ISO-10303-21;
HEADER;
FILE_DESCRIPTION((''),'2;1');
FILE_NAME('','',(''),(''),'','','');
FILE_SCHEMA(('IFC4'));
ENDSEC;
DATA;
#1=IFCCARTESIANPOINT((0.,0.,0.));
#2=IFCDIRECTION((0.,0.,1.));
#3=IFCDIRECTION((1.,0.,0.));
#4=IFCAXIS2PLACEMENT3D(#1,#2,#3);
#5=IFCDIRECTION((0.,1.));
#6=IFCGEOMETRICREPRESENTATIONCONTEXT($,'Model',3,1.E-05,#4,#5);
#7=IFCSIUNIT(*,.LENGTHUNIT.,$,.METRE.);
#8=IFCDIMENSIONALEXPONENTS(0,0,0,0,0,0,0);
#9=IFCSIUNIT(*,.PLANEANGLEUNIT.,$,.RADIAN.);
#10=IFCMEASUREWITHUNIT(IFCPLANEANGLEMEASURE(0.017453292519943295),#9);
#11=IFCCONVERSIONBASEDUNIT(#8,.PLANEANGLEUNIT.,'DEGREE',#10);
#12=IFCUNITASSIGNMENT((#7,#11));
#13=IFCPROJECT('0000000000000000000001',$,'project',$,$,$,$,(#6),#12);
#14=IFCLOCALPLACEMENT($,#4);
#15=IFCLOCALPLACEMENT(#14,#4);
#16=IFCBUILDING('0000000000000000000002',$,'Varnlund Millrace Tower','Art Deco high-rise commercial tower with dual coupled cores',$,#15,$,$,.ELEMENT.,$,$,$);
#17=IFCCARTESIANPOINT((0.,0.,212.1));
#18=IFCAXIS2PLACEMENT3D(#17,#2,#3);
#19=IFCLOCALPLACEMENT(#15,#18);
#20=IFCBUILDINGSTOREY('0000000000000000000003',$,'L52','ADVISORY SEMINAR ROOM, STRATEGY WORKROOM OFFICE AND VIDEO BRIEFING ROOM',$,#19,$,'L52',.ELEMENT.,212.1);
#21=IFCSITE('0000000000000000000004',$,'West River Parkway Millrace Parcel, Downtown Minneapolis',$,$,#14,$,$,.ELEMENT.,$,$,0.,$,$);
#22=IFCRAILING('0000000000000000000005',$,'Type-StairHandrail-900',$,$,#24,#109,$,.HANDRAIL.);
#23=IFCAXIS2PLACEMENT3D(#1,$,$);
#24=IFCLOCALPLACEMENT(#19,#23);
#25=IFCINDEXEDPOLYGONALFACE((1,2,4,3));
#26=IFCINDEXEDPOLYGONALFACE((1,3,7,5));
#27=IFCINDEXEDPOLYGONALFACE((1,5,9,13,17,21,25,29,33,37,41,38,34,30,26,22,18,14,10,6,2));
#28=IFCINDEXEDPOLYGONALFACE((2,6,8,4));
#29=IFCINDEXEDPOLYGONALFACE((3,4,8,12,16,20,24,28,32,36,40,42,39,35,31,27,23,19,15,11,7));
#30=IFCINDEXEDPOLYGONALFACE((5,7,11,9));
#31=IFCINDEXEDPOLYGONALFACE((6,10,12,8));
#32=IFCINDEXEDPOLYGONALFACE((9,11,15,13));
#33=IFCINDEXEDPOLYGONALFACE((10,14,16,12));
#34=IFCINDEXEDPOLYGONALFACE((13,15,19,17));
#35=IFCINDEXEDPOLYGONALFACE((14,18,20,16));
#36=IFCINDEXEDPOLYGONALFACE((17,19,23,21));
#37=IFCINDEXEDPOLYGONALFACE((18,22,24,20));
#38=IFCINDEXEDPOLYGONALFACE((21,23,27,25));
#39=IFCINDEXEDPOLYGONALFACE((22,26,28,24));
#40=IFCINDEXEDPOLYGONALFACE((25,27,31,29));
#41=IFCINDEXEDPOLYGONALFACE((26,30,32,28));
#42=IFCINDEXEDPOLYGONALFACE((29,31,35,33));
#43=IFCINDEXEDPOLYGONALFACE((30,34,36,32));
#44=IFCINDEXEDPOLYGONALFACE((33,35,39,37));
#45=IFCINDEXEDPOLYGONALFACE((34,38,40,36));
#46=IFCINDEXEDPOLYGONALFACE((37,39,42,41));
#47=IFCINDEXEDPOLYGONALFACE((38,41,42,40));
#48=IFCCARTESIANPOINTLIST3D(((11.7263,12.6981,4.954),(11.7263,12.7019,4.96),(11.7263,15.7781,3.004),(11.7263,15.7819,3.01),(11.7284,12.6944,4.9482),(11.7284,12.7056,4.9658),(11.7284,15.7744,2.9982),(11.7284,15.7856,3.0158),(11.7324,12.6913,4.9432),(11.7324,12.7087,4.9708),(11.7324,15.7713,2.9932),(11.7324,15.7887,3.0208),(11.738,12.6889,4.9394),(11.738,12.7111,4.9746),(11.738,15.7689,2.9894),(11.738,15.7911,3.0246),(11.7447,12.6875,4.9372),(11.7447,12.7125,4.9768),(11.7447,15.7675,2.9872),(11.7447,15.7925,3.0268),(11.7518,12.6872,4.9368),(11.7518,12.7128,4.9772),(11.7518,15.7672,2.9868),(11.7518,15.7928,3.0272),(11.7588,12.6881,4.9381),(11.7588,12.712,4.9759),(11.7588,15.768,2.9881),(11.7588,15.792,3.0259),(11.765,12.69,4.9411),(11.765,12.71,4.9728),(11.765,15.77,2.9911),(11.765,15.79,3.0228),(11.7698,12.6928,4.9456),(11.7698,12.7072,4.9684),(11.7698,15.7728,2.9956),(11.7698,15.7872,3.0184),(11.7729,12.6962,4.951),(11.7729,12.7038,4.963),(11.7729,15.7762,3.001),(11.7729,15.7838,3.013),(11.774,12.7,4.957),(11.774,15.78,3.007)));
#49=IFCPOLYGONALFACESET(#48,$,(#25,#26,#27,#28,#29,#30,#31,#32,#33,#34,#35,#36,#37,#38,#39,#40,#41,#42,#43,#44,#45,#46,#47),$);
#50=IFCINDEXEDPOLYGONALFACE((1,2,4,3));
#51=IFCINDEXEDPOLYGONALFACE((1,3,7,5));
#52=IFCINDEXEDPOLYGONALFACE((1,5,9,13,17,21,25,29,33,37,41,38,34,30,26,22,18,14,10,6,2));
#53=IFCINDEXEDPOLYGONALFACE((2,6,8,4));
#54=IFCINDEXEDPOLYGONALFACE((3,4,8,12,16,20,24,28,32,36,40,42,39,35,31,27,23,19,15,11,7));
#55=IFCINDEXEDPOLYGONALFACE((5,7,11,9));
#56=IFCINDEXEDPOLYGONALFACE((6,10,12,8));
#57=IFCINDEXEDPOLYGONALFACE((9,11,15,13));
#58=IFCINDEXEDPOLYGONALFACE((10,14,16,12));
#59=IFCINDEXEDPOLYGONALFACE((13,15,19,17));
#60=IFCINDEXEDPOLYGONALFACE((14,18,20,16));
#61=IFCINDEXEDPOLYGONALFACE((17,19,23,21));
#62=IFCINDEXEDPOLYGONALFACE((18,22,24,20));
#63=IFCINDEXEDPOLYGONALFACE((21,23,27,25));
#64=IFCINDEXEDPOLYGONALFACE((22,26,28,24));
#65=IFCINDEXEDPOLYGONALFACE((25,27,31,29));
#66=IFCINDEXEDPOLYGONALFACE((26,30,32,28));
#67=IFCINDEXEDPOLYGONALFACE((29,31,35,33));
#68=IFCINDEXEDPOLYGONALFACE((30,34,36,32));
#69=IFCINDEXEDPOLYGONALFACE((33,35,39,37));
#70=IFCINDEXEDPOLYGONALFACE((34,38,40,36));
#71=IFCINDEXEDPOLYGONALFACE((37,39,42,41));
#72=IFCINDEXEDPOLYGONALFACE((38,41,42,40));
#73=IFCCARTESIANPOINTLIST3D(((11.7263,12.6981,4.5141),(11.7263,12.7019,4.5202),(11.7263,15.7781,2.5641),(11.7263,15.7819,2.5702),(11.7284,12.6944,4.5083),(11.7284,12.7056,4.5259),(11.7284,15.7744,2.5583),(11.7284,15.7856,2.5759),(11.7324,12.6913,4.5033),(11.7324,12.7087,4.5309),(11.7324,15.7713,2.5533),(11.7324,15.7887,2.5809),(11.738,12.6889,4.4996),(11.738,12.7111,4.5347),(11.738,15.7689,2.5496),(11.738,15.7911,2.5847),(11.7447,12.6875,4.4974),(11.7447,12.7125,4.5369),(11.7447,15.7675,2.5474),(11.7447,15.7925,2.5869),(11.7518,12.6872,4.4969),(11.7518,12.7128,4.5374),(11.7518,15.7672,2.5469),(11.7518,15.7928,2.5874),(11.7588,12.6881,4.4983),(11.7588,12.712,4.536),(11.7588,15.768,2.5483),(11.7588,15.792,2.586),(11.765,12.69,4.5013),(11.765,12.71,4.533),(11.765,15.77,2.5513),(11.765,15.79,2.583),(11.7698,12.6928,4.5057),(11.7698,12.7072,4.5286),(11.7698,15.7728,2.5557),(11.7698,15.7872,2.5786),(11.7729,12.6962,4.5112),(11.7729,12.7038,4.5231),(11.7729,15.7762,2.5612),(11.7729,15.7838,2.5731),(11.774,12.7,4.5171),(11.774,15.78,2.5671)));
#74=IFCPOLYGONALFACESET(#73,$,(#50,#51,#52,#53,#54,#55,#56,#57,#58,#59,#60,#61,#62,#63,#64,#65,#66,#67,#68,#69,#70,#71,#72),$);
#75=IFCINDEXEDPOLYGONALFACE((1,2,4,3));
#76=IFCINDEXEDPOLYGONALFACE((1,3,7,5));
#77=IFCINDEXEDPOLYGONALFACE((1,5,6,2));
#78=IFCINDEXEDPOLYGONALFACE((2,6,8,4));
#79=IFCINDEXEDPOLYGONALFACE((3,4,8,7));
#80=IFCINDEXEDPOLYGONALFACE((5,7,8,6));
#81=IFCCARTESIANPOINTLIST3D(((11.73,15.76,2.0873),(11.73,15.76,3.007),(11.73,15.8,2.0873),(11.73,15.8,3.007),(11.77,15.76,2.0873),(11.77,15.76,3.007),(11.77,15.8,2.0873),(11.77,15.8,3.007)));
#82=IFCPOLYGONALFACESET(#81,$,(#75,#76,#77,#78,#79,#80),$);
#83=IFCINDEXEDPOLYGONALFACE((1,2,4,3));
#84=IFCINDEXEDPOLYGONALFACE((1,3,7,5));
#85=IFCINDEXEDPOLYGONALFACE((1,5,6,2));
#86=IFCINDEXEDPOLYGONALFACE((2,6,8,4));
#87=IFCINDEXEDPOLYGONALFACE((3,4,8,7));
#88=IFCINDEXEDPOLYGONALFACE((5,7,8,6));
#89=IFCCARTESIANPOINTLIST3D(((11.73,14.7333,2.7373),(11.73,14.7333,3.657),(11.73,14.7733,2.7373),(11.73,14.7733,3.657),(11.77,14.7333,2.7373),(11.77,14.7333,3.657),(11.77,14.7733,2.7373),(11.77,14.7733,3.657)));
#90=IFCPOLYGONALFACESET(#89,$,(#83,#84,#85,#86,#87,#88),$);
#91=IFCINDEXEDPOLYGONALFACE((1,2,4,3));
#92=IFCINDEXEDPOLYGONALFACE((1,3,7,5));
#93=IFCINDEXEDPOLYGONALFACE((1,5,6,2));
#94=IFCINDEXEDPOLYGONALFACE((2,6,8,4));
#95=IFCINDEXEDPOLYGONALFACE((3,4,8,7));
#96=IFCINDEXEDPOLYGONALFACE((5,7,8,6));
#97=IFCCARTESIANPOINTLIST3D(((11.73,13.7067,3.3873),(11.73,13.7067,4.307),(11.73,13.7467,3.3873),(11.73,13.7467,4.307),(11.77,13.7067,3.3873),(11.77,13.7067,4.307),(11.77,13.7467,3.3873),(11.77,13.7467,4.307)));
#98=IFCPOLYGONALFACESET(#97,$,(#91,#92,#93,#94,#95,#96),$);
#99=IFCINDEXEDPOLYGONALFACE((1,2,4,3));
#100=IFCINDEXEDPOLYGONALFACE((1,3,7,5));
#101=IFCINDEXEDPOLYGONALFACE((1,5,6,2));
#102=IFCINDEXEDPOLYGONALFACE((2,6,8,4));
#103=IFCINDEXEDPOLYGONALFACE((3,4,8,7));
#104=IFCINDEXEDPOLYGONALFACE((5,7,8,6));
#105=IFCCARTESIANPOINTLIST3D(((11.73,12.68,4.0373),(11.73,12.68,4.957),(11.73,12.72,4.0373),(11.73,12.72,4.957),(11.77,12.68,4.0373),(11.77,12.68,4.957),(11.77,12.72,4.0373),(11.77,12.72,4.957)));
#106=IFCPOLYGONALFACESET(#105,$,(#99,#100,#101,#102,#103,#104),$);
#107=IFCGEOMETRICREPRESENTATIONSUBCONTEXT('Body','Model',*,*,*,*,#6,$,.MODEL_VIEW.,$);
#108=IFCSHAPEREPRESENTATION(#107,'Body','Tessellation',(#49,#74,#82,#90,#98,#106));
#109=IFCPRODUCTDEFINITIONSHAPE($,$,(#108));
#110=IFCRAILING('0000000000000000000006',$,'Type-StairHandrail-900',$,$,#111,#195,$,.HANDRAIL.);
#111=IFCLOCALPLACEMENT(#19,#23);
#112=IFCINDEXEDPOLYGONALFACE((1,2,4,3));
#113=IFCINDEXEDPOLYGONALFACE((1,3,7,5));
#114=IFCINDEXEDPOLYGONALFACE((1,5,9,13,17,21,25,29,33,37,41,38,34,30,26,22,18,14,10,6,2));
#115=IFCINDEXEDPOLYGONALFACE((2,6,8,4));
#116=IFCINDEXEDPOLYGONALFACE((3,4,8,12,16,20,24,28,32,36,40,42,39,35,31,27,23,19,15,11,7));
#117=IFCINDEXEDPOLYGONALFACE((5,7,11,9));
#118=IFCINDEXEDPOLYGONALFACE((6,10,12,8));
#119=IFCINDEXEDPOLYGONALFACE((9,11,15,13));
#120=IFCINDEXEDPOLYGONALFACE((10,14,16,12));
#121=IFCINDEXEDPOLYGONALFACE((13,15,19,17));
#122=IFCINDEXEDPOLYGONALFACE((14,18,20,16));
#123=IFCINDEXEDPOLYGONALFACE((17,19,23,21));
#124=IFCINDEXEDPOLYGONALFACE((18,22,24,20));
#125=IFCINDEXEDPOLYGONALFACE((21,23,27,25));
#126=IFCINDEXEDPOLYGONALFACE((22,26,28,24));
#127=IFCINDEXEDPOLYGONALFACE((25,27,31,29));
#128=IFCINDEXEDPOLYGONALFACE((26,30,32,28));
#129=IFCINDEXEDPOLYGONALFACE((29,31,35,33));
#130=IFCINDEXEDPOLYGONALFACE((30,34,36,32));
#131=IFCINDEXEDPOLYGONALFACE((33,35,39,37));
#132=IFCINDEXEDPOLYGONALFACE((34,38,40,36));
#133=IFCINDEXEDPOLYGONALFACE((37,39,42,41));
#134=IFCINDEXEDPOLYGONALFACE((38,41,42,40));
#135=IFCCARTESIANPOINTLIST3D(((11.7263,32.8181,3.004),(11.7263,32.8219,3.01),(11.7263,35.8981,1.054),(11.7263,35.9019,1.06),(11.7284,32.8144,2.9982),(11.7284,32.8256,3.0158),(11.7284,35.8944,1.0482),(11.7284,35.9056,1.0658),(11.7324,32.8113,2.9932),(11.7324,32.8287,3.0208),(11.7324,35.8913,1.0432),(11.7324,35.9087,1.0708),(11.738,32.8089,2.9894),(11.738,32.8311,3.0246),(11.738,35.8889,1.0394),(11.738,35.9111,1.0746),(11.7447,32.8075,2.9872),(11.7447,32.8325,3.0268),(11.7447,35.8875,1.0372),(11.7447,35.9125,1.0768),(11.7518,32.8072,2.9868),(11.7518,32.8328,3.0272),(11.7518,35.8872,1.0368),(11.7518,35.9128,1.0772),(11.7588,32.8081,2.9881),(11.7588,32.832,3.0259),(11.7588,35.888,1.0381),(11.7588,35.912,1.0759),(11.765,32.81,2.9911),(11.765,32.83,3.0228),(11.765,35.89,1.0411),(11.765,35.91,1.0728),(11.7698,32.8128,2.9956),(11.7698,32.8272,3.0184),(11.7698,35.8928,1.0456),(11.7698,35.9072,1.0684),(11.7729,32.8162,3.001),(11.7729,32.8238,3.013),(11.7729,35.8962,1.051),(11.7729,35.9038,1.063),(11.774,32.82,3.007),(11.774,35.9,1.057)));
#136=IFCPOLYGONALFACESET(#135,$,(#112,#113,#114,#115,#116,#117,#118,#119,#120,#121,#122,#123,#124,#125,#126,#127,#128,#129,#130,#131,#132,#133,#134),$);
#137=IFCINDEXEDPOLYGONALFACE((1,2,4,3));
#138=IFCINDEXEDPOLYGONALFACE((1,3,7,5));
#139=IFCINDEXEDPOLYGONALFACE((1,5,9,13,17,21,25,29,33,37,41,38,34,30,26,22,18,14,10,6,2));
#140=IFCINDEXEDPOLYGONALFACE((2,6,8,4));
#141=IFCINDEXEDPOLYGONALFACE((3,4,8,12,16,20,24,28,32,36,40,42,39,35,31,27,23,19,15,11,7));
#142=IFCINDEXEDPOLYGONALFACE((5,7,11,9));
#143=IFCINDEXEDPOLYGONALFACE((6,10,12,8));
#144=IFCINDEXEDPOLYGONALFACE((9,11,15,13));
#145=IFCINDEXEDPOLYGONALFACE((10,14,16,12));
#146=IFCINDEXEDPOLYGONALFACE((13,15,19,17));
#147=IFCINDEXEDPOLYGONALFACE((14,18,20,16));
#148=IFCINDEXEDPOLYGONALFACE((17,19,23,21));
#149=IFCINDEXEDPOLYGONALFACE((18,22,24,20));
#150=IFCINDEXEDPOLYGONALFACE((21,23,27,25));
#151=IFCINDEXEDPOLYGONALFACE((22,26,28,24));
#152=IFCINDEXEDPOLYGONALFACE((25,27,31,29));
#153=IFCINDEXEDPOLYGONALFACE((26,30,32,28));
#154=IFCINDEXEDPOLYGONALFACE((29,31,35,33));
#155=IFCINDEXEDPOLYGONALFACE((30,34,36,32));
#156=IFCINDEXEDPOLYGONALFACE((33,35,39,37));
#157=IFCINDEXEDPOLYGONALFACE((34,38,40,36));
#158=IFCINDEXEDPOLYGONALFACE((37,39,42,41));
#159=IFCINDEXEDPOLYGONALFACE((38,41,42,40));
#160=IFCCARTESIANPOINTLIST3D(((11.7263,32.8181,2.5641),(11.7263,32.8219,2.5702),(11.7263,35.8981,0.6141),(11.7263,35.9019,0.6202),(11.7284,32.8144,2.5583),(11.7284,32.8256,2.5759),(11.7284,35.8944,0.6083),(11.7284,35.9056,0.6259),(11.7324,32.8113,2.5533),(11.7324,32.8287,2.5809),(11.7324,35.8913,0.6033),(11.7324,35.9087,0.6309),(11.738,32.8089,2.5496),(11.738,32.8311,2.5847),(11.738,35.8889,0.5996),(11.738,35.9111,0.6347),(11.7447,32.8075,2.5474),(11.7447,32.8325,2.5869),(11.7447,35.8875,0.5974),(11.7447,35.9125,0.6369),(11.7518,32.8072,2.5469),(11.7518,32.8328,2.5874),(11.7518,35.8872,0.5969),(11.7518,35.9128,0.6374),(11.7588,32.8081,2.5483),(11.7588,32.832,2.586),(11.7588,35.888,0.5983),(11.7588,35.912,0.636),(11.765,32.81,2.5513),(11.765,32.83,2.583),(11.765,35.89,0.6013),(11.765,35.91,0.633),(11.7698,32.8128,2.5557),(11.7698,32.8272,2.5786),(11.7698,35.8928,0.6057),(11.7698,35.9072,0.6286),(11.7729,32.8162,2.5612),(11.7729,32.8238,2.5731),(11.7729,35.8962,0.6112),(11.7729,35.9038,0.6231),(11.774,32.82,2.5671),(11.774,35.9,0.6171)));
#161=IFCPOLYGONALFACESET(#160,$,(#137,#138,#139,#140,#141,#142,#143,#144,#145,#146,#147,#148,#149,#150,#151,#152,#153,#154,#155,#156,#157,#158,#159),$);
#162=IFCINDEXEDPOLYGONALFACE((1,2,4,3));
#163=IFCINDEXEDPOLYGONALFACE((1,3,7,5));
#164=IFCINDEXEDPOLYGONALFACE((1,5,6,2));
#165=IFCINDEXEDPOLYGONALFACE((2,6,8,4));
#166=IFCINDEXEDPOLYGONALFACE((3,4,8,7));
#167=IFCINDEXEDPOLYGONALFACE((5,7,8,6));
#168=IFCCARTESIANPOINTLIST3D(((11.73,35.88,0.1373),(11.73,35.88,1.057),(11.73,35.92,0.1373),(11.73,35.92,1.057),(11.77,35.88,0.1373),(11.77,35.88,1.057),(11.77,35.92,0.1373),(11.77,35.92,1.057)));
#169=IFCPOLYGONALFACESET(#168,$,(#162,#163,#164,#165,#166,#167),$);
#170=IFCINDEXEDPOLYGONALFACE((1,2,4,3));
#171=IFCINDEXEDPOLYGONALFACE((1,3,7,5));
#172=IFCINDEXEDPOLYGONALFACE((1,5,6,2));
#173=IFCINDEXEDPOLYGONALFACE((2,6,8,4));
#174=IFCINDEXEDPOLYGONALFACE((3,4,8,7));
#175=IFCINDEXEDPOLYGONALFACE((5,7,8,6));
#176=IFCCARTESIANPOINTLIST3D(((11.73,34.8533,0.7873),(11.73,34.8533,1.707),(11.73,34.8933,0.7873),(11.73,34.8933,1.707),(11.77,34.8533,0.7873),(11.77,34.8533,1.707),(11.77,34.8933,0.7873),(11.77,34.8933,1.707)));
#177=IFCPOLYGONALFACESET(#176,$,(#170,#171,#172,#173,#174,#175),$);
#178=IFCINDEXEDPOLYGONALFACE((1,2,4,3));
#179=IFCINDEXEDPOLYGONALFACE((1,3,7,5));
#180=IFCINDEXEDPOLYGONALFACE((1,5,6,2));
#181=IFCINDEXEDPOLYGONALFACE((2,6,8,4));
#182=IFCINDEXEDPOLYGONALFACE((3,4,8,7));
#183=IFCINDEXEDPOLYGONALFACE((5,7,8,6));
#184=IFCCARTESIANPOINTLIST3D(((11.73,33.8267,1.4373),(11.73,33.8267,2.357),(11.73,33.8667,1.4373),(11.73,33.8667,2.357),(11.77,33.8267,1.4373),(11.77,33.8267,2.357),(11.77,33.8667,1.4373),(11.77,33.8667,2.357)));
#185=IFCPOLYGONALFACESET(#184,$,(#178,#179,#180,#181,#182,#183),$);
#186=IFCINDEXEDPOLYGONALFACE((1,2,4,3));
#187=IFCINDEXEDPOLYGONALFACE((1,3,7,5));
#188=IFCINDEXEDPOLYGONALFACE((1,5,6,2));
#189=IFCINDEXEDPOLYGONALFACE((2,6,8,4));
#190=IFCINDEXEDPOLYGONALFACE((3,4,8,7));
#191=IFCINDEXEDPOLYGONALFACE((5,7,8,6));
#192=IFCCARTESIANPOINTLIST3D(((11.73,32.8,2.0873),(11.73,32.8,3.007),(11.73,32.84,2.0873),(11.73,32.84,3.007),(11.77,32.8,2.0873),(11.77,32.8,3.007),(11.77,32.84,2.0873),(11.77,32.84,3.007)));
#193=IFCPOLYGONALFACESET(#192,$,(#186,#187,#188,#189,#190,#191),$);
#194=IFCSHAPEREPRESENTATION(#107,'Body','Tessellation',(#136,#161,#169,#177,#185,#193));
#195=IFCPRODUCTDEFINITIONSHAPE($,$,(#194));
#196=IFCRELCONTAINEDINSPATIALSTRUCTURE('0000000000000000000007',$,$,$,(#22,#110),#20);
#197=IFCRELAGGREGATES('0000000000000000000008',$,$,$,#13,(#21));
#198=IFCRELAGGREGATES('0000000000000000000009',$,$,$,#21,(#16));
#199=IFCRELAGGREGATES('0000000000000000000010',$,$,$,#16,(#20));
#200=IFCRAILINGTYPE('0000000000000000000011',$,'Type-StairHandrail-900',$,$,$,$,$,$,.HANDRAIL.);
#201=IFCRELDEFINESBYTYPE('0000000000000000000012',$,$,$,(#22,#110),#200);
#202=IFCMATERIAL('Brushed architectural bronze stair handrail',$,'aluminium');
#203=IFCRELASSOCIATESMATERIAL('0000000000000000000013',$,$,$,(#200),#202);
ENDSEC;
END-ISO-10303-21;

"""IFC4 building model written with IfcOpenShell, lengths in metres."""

from ifc_helpers import new_model, entity, si_unit, converted_unit, direction, frame, origin_with_axes, origin_2d_with_axis, place, context, subcontext, project, spatial, rectangle, circle, extrude, material, type_object, element, save


model = new_model("IFC4")

# Units and contexts
model_context = context("Model", 3, precision=1e-05, world=origin_with_axes(), true_north=direction((0.0, 1.0)))
body_context = subcontext(model_context, "Body", "Model", "MODEL_VIEW")
ifc_project = project(units=[si_unit("LENGTHUNIT", "METRE"), converted_unit("PLANEANGLEUNIT", "DEGREE", entity("IfcPlaneAngleMeasure", 0.017453292519943295), si_unit("PLANEANGLEUNIT", "RADIAN"), dimensions=[0, 0, 0, 0, 0, 0, 0])], contexts=[model_context])

# Site, building, storey
site_placement = place(None, origin_with_axes())
site = spatial("IfcSite", under=ifc_project, at=site_placement, Name="West River Parkway Millrace Parcel, Downtown Minneapolis", CompositionType="ELEMENT", RefElevation=0.0)
building_placement = place(site_placement, origin_with_axes())
building = spatial("IfcBuilding", under=site, at=building_placement, Name="Varnlund Millrace Tower", Description="Art Deco high-rise commercial tower with dual coupled cores", CompositionType="ELEMENT")
storey_placement = place(building_placement, frame((0.0, 0.0, 212.1), z_axis=(0.0, 0.0, 1.0), x_axis=(1.0, 0.0, 0.0)))
storey = spatial("IfcBuildingStorey", under=building, at=storey_placement, Name="L52", Description="ADVISORY SEMINAR ROOM, STRATEGY WORKROOM OFFICE AND VIDEO BRIEFING ROOM", LongName="L52", CompositionType="ELEMENT", Elevation=212.1)

# Railings
ifc_material_1 = material(Name="Brushed architectural bronze stair handrail", Category="aluminium")
railing_type_1 = type_object("IfcRailingType", Name="Type-StairHandrail-900", PredefinedType="HANDRAIL", material=ifc_material_1)
railing_1_placement = place(storey_placement, frame((0.0, 0.0, -212.1), z_axis=(0.0, 0.0, 1.0), x_axis=(1.0, 0.0, 0.0)))
element("IfcRailing", 1, at=railing_1_placement, inside=storey, type_object=railing_type_1, Name="Type-StairHandrail-900", PredefinedType="HANDRAIL", context=body_context, shape_type="SweptSolid", body=[
    extrude(circle(Radius=0.024, at=origin_2d_with_axis()), frame((11.75, 15.78, 215.107), z_axis=(0.0, -0.844902, 0.534922), x_axis=(1.0, 0.0, 0.0)), (0.0, 0.0, 1.0), 3.6454),
    extrude(circle(Radius=0.024, at=origin_2d_with_axis()), frame((11.75, 15.78, 214.6671), z_axis=(0.0, -0.844902, 0.534922), x_axis=(1.0, 0.0, 0.0)), (0.0, 0.0, 1.0), 3.6454),
    extrude(rectangle(XDim=0.04, YDim=0.04, at=origin_2d_with_axis()), frame((11.75, 15.78, 214.1873), z_axis=(0.0, 0.0, 1.0), x_axis=(1.0, 0.0, 0.0)), (0.0, 0.0, 1.0), 0.9197),
    extrude(rectangle(XDim=0.04, YDim=0.04, at=origin_2d_with_axis()), frame((11.75, 14.7533, 214.8373), z_axis=(0.0, 0.0, 1.0), x_axis=(1.0, 0.0, 0.0)), (0.0, 0.0, 1.0), 0.9197),
    extrude(rectangle(XDim=0.04, YDim=0.04, at=origin_2d_with_axis()), frame((11.75, 13.7267, 215.4873), z_axis=(0.0, 0.0, 1.0), x_axis=(1.0, 0.0, 0.0)), (0.0, 0.0, 1.0), 0.9197),
    extrude(rectangle(XDim=0.04, YDim=0.04, at=origin_2d_with_axis()), frame((11.75, 12.7, 216.1373), z_axis=(0.0, 0.0, 1.0), x_axis=(1.0, 0.0, 0.0)), (0.0, 0.0, 1.0), 0.9197),
])
railing_2_placement = place(storey_placement, frame((0.0, 0.0, -212.1), z_axis=(0.0, 0.0, 1.0), x_axis=(1.0, 0.0, 0.0)))
element("IfcRailing", 2, at=railing_2_placement, inside=storey, type_object=railing_type_1, Name="Type-StairHandrail-900", PredefinedType="HANDRAIL", context=body_context, shape_type="SweptSolid", body=[
    extrude(circle(Radius=0.024, at=origin_2d_with_axis()), frame((11.75, 35.9, 213.157), z_axis=(0.0, -0.844902, 0.534922), x_axis=(1.0, 0.0, 0.0)), (0.0, 0.0, 1.0), 3.6454),
    extrude(circle(Radius=0.024, at=origin_2d_with_axis()), frame((11.75, 35.9, 212.7171), z_axis=(0.0, -0.844902, 0.534922), x_axis=(1.0, 0.0, 0.0)), (0.0, 0.0, 1.0), 3.6454),
    extrude(rectangle(XDim=0.04, YDim=0.04, at=origin_2d_with_axis()), frame((11.75, 35.9, 212.2373), z_axis=(0.0, 0.0, 1.0), x_axis=(1.0, 0.0, 0.0)), (0.0, 0.0, 1.0), 0.9197),
    extrude(rectangle(XDim=0.04, YDim=0.04, at=origin_2d_with_axis()), frame((11.75, 34.8733, 212.8873), z_axis=(0.0, 0.0, 1.0), x_axis=(1.0, 0.0, 0.0)), (0.0, 0.0, 1.0), 0.9197),
    extrude(rectangle(XDim=0.04, YDim=0.04, at=origin_2d_with_axis()), frame((11.75, 33.8467, 213.5373), z_axis=(0.0, 0.0, 1.0), x_axis=(1.0, 0.0, 0.0)), (0.0, 0.0, 1.0), 0.9197),
    extrude(rectangle(XDim=0.04, YDim=0.04, at=origin_2d_with_axis()), frame((11.75, 32.82, 214.1873), z_axis=(0.0, 0.0, 1.0), x_axis=(1.0, 0.0, 0.0)), (0.0, 0.0, 1.0), 0.9197),
])

save(model, "model.ifc")
